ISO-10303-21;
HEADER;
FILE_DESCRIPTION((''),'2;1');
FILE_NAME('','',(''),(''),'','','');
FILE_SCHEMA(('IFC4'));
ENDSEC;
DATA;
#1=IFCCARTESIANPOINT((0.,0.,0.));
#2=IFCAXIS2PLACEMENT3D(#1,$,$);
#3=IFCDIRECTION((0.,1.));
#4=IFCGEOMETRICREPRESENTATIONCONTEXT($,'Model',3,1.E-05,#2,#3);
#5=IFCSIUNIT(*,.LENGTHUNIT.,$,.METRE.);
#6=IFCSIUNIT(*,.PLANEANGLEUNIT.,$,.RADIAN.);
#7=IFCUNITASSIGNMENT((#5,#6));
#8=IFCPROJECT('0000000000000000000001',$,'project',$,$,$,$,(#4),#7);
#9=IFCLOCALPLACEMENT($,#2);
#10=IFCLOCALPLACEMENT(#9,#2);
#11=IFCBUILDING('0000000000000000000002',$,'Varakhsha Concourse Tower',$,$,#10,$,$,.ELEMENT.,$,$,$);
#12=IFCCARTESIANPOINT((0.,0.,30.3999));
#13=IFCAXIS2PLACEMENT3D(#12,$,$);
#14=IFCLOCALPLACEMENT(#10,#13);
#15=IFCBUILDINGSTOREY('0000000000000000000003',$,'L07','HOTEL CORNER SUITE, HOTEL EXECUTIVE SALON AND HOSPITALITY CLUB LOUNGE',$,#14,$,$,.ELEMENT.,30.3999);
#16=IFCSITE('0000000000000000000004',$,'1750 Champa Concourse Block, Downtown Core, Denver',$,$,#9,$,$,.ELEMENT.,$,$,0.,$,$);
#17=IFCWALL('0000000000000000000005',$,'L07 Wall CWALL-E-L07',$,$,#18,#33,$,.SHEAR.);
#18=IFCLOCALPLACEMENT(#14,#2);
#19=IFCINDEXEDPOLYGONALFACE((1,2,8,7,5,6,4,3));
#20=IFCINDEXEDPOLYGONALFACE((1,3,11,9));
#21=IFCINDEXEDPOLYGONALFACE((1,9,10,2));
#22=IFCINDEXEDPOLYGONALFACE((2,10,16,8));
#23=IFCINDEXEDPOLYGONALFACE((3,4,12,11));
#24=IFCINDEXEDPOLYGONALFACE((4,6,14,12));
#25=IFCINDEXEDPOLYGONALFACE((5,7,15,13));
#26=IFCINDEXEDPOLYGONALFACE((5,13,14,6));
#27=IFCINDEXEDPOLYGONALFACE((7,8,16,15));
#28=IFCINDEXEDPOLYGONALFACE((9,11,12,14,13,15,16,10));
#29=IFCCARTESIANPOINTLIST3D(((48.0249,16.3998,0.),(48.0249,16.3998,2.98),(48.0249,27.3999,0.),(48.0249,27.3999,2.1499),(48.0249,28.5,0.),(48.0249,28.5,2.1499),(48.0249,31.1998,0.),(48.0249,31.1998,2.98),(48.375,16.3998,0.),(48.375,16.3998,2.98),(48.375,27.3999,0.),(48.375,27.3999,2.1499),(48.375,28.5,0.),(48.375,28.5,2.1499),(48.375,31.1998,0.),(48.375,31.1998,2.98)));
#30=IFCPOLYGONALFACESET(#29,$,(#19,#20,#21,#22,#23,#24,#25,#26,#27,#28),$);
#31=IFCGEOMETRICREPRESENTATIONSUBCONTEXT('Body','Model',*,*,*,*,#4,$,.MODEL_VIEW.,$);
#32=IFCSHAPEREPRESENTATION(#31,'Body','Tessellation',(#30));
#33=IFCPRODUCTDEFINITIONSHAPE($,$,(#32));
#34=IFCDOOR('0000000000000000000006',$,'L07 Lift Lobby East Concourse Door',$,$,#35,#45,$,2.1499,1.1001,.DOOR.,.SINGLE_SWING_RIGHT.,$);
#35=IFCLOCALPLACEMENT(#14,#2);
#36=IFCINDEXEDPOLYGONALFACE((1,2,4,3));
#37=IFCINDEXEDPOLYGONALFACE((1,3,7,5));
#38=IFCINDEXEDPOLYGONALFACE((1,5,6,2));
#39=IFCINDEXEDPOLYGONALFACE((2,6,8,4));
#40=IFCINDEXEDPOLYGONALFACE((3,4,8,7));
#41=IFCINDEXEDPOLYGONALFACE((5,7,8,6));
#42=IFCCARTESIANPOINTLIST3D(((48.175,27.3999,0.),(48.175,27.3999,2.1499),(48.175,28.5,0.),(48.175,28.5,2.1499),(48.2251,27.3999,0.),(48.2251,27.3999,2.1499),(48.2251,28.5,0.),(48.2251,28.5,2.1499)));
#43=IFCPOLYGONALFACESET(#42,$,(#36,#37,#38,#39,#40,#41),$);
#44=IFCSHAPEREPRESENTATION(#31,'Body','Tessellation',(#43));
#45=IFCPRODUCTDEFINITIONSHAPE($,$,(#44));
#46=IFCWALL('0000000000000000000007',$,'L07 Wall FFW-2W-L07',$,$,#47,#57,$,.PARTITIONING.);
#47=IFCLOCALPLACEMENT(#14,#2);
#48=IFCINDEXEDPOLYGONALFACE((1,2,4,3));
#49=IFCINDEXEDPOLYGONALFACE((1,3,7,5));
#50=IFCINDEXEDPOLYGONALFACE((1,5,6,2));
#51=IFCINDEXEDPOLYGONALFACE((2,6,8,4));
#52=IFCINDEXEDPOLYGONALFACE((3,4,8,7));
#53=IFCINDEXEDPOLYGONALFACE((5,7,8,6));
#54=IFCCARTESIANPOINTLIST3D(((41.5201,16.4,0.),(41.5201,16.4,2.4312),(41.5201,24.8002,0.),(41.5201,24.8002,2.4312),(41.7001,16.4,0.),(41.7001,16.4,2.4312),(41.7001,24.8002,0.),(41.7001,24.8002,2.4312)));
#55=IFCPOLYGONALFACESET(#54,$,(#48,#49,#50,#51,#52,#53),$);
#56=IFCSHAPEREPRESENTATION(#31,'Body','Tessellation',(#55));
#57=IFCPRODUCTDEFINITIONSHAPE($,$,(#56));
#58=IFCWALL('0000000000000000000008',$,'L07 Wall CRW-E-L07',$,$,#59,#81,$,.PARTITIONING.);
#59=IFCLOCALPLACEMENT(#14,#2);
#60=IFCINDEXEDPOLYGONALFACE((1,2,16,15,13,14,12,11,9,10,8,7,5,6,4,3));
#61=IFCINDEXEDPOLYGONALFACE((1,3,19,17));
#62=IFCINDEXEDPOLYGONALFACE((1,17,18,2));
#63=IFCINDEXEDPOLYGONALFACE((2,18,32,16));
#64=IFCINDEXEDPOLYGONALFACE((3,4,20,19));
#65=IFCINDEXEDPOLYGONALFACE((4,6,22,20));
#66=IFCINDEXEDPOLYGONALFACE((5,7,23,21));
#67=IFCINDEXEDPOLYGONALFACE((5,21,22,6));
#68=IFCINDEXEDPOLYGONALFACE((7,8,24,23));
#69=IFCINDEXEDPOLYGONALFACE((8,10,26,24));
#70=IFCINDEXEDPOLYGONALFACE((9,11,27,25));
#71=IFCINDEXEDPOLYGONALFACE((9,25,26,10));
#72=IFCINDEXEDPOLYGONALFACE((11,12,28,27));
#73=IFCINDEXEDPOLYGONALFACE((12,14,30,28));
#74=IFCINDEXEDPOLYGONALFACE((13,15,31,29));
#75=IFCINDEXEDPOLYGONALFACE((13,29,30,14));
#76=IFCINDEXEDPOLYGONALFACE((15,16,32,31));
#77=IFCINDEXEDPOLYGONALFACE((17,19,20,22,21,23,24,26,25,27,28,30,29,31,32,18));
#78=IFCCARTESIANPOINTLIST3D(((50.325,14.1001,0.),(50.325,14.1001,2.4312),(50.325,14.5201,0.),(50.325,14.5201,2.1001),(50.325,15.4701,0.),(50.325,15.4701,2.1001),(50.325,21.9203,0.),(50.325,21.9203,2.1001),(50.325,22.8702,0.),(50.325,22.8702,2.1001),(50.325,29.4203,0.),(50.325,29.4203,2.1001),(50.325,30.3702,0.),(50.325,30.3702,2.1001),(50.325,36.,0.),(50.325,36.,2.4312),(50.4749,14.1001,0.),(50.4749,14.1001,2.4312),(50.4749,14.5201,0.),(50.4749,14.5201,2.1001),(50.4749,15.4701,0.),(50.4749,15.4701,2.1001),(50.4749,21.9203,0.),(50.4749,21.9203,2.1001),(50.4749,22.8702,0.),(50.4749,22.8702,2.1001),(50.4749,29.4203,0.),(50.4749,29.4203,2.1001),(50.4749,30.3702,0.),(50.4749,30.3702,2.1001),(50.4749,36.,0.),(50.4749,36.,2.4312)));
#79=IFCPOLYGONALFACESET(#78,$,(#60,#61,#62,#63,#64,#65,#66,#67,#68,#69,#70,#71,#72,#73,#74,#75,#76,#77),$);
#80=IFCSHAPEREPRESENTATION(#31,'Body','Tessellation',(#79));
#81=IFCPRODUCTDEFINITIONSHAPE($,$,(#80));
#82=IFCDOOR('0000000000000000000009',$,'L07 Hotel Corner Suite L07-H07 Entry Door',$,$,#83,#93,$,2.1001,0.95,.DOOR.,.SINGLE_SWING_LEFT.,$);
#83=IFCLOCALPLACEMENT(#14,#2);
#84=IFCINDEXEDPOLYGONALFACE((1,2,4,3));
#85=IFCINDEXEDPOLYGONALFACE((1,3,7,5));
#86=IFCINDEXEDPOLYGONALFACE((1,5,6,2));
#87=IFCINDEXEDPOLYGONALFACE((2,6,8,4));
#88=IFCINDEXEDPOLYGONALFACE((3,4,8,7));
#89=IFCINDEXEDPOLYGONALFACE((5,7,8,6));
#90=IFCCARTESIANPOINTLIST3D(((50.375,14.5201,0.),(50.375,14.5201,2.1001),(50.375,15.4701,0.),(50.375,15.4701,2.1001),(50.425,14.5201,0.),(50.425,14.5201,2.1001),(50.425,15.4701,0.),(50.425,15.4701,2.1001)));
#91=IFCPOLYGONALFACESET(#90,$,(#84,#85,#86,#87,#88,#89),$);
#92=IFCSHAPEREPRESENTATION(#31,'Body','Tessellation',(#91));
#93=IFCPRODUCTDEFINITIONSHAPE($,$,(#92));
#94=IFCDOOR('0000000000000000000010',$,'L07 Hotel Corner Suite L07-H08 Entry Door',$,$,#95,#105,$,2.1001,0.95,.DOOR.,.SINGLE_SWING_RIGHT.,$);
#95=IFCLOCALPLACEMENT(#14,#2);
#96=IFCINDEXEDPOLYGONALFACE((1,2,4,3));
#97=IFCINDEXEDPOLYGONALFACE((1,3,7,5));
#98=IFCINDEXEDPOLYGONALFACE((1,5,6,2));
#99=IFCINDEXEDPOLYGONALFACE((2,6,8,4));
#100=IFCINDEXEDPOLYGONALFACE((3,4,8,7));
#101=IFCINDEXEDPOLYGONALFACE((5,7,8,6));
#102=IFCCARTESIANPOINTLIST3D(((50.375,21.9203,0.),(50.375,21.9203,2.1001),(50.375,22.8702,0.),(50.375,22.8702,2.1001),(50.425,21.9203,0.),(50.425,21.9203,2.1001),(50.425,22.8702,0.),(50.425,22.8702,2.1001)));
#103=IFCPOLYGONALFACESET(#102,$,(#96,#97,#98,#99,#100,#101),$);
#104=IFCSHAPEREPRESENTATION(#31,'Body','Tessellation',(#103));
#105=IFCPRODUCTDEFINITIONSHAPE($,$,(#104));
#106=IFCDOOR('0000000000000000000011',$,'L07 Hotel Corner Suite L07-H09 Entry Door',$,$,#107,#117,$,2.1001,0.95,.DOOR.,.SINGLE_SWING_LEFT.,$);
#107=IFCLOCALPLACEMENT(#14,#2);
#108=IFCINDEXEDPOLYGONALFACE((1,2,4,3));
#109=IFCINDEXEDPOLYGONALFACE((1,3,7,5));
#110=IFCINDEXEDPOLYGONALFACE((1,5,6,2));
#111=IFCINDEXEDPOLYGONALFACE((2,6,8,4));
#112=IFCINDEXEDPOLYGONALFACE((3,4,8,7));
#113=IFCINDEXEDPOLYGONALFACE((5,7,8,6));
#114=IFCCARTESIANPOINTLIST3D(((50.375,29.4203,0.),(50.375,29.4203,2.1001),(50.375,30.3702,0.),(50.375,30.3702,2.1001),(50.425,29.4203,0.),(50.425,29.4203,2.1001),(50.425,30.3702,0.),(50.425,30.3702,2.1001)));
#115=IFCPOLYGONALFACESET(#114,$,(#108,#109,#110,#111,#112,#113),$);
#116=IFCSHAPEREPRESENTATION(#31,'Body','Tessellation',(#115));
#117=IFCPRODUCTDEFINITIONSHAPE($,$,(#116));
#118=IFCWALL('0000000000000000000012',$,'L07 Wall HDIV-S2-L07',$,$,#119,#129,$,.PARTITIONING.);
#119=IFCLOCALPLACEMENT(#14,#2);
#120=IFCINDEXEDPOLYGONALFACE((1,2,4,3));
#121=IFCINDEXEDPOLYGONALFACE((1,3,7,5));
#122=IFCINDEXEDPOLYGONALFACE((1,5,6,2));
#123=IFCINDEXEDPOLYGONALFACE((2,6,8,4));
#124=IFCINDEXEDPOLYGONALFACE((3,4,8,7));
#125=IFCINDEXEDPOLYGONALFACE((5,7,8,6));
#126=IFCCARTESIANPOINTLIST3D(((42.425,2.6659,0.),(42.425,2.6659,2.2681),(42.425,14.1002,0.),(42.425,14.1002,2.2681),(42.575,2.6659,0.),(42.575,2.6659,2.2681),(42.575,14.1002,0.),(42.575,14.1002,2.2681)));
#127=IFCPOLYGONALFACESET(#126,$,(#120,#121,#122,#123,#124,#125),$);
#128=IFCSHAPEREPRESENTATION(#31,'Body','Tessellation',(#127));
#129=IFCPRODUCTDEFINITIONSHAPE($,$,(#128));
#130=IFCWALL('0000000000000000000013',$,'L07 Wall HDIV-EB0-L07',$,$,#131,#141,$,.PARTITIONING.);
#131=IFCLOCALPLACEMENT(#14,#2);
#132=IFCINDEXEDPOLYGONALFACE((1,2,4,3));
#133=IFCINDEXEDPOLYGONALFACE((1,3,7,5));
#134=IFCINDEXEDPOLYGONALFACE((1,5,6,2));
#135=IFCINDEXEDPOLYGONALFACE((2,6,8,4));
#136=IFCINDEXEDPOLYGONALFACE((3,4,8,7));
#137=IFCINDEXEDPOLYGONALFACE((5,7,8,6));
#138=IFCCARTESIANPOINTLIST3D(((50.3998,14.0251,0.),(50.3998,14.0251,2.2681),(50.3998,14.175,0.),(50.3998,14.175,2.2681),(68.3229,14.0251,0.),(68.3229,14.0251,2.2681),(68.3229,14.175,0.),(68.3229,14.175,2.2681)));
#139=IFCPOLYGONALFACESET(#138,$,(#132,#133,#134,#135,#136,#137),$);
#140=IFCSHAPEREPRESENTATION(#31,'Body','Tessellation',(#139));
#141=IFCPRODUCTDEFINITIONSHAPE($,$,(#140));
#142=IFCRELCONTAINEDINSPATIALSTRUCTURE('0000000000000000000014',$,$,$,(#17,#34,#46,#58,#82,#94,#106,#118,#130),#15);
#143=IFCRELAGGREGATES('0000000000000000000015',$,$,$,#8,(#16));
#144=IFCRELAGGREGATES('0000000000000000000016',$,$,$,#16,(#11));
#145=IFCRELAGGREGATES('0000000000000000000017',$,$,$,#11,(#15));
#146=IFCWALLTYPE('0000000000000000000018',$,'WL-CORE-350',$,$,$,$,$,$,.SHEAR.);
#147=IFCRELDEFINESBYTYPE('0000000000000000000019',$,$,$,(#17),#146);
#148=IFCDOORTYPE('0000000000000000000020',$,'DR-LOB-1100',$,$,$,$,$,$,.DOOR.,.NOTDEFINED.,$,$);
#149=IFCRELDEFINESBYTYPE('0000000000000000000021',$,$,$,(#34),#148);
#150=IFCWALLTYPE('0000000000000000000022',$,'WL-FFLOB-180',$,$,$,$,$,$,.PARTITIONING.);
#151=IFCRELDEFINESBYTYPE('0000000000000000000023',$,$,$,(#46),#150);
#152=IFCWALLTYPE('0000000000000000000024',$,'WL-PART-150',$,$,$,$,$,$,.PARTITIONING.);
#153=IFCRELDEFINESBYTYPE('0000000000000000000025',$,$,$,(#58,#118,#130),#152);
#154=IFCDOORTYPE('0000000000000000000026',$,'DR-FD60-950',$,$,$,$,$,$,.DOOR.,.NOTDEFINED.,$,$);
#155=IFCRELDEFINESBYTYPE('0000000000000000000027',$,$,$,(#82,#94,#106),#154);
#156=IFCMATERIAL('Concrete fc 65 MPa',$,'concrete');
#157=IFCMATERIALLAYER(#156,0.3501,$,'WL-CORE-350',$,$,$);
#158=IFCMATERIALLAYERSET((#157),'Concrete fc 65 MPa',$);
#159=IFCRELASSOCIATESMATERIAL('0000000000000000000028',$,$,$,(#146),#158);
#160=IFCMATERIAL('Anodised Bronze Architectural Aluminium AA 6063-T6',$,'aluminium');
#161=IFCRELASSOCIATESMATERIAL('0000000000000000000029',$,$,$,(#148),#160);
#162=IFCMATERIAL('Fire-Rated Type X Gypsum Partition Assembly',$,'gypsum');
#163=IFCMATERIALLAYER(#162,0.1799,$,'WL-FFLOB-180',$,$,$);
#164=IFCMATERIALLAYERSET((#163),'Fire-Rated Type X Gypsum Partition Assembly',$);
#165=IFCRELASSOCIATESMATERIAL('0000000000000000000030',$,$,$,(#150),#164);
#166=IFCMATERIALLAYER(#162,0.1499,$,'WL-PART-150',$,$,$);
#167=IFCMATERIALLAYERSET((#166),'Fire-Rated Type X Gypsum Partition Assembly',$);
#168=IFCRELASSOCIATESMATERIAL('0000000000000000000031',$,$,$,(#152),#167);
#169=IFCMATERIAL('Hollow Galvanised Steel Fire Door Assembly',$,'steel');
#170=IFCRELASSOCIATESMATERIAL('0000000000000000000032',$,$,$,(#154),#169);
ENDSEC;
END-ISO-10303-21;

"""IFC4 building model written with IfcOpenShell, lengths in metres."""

from ifc_helpers import new_model, si_unit, direction, frame, frame_2d, origin, place, context, subcontext, project, spatial, rectangle, extrude, material, layer, layer_set, type_object, element, fill, save


model = new_model("IFC4")

# Units and contexts
model_context = context("Model", 3, precision=1e-05, world=origin(), true_north=direction((0.0, 1.0)))
body_context = subcontext(model_context, "Body", "Model", "MODEL_VIEW")
ifc_project = project(units=[si_unit("LENGTHUNIT", "METRE"), si_unit("PLANEANGLEUNIT", "RADIAN")], contexts=[model_context])

# Site, building, storey
site_placement = place(None, origin())
site = spatial("IfcSite", under=ifc_project, at=site_placement, Name="1750 Champa Concourse Block, Downtown Core, Denver", CompositionType="ELEMENT", RefElevation=0.0)
building_placement = place(site_placement, origin())
building = spatial("IfcBuilding", under=site, at=building_placement, Name="Varakhsha Concourse Tower", CompositionType="ELEMENT")
storey_placement = place(building_placement, frame((0.0, 0.0, 30.3999)))
storey = spatial("IfcBuildingStorey", under=building, at=storey_placement, Name="L07", Description="HOTEL CORNER SUITE, HOTEL EXECUTIVE SALON AND HOSPITALITY CLUB LOUNGE", CompositionType="ELEMENT", Elevation=30.3999)

# Shared definitions
ifc_material_1 = material(Name="Anodised Bronze Architectural Aluminium AA 6063-T6", Category="aluminium")

# Wall, opening, door
ifc_material_2 = material(Name="Concrete fc 65 MPa", Category="concrete")
ifc_layer_1 = layer(ifc_material_2, 0.3501, Name="WL-CORE-350")
ifc_layer_set_1 = layer_set([ifc_layer_1], Name="Concrete fc 65 MPa")
wall_type_1 = type_object("IfcWallType", Name="WL-CORE-350", PredefinedType="SHEAR", material=ifc_layer_set_1)
wall_1_placement = place(storey_placement, frame((48.2, 16.3999, 0.0), z_axis=(0.0, 0.0, 1.0), x_axis=(0.0, 1.0, 0.0)))
wall_1 = element("IfcWall", 1, at=wall_1_placement, inside=storey, type_object=wall_type_1, Name="L07 Wall CWALL-E-L07", PredefinedType="SHEAR", context=body_context, shape_type="SweptSolid", body=[
    extrude(rectangle(XDim=14.8, YDim=0.3501, at=frame_2d((7.3999, 0.0))), origin(), (0.0, 0.0, 1.0), 2.98),
])
opening_1_placement = place(wall_1_placement, frame((11.0, 0.0, 0.0)))
opening_1 = element("IfcOpeningElement", 2, at=opening_1_placement, cuts=wall_1, PredefinedType="OPENING", context=body_context, shape_type="SweptSolid", body=[
    extrude(rectangle(XDim=1.1001, YDim=2.1499, at=frame_2d((0.55, 1.075))), frame((0.0, 0.1851, 0.0), z_axis=(0.0, -1.0, 0.0), x_axis=(1.0, 0.0, 0.0)), (0.0, 0.0, 1.0), 0.3701),
])
door_type_1 = type_object("IfcDoorType", Name="DR-LOB-1100", OperationType="NOTDEFINED", PredefinedType="DOOR", material=ifc_material_1)
door_1_placement = place(opening_1_placement, origin())
door_1 = element("IfcDoor", 3, at=door_1_placement, inside=storey, type_object=door_type_1, Name="L07 Lift Lobby East Concourse Door", OperationType="SINGLE_SWING_RIGHT", OverallHeight=2.1499, OverallWidth=1.1001, PredefinedType="DOOR", context=body_context, shape_type="SweptSolid", body=[
    extrude(rectangle(XDim=1.1001, YDim=2.1499, at=frame_2d((0.55, 1.075))), frame((0.0, 0.0249, 0.0), z_axis=(0.0, -1.0, 0.0), x_axis=(1.0, 0.0, 0.0)), (0.0, 0.0, 1.0), 0.05),
])
fill(opening_1, door_1)

# Wall
ifc_material_3 = material(Name="Fire-Rated Type X Gypsum Partition Assembly", Category="gypsum")
ifc_layer_2 = layer(ifc_material_3, 0.1799, Name="WL-FFLOB-180")
ifc_layer_set_2 = layer_set([ifc_layer_2], Name="Fire-Rated Type X Gypsum Partition Assembly")
wall_type_2 = type_object("IfcWallType", Name="WL-FFLOB-180", PredefinedType="PARTITIONING", material=ifc_layer_set_2)
wall_2_placement = place(storey_placement, frame((41.6101, 16.3999, 0.0), z_axis=(0.0, 0.0, 1.0), x_axis=(0.0, 1.0, 0.0)))
element("IfcWall", 4, at=wall_2_placement, inside=storey, type_object=wall_type_2, Name="L07 Wall FFW-2W-L07", PredefinedType="PARTITIONING", context=body_context, shape_type="SweptSolid", body=[
    extrude(rectangle(XDim=8.4001, YDim=0.1799, at=frame_2d((4.2002, 0.0))), origin(), (0.0, 0.0, 1.0), 2.4312),
])

# Wall, openings, doors
ifc_layer_3 = layer(ifc_material_3, 0.1499, Name="WL-PART-150")
ifc_layer_set_3 = layer_set([ifc_layer_3], Name="Fire-Rated Type X Gypsum Partition Assembly")
wall_type_3 = type_object("IfcWallType", Name="WL-PART-150", PredefinedType="PARTITIONING", material=ifc_layer_set_3)
wall_3_placement = place(storey_placement, frame((50.3999, 14.1001, 0.0), z_axis=(0.0, 0.0, 1.0), x_axis=(0.0, 1.0, 0.0)))
wall_3 = element("IfcWall", 5, at=wall_3_placement, inside=storey, type_object=wall_type_3, Name="L07 Wall CRW-E-L07", PredefinedType="PARTITIONING", context=body_context, shape_type="SweptSolid", body=[
    extrude(rectangle(XDim=21.8999, YDim=0.1499, at=frame_2d((10.95, 0.0))), origin(), (0.0, 0.0, 1.0), 2.4312),
])
opening_2_placement = place(wall_3_placement, frame((0.4199, 0.0, 0.0)))
opening_2 = element("IfcOpeningElement", 6, at=opening_2_placement, cuts=wall_3, PredefinedType="OPENING", context=body_context, shape_type="SweptSolid", body=[
    extrude(rectangle(XDim=0.95, YDim=2.1001, at=frame_2d((0.4751, 1.05))), frame((0.0, 0.085, 0.0), z_axis=(0.0, -1.0, 0.0), x_axis=(1.0, 0.0, 0.0)), (0.0, 0.0, 1.0), 0.1699),
])
opening_3_placement = place(wall_3_placement, frame((7.8201, 0.0, 0.0)))
opening_3 = element("IfcOpeningElement", 7, at=opening_3_placement, cuts=wall_3, PredefinedType="OPENING", context=body_context, shape_type="SweptSolid", body=[
    extrude(rectangle(XDim=0.95, YDim=2.1001, at=frame_2d((0.4751, 1.05))), frame((0.0, 0.085, 0.0), z_axis=(0.0, -1.0, 0.0), x_axis=(1.0, 0.0, 0.0)), (0.0, 0.0, 1.0), 0.1699),
])
opening_4_placement = place(wall_3_placement, frame((15.3201, 0.0, 0.0)))
opening_4 = element("IfcOpeningElement", 8, at=opening_4_placement, cuts=wall_3, PredefinedType="OPENING", context=body_context, shape_type="SweptSolid", body=[
    extrude(rectangle(XDim=0.95, YDim=2.1001, at=frame_2d((0.4751, 1.05))), frame((0.0, 0.085, 0.0), z_axis=(0.0, -1.0, 0.0), x_axis=(1.0, 0.0, 0.0)), (0.0, 0.0, 1.0), 0.1699),
])
ifc_material_4 = material(Name="Hollow Galvanised Steel Fire Door Assembly", Category="steel")
door_type_2 = type_object("IfcDoorType", Name="DR-FD60-950", OperationType="NOTDEFINED", PredefinedType="DOOR", material=ifc_material_4)
door_2_placement = place(opening_2_placement, origin())
door_2 = element("IfcDoor", 9, at=door_2_placement, inside=storey, type_object=door_type_2, Name="L07 Hotel Corner Suite L07-H07 Entry Door", OperationType="SINGLE_SWING_LEFT", OverallHeight=2.1001, OverallWidth=0.95, PredefinedType="DOOR", context=body_context, shape_type="SweptSolid", body=[
    extrude(rectangle(XDim=0.95, YDim=2.1001, at=frame_2d((0.4751, 1.05))), frame((0.0, 0.0249, 0.0), z_axis=(0.0, -1.0, 0.0), x_axis=(1.0, 0.0, 0.0)), (0.0, 0.0, 1.0), 0.05),
])
fill(opening_2, door_2)
door_3_placement = place(opening_3_placement, origin())
door_3 = element("IfcDoor", 10, at=door_3_placement, inside=storey, type_object=door_type_2, Name="L07 Hotel Corner Suite L07-H08 Entry Door", OperationType="SINGLE_SWING_RIGHT", OverallHeight=2.1001, OverallWidth=0.95, PredefinedType="DOOR", context=body_context, shape_type="SweptSolid", body=[
    extrude(rectangle(XDim=0.95, YDim=2.1001, at=frame_2d((0.4751, 1.05))), frame((0.0, 0.0249, 0.0), z_axis=(0.0, -1.0, 0.0), x_axis=(1.0, 0.0, 0.0)), (0.0, 0.0, 1.0), 0.05),
])
fill(opening_3, door_3)
door_4_placement = place(opening_4_placement, origin())
door_4 = element("IfcDoor", 11, at=door_4_placement, inside=storey, type_object=door_type_2, Name="L07 Hotel Corner Suite L07-H09 Entry Door", OperationType="SINGLE_SWING_LEFT", OverallHeight=2.1001, OverallWidth=0.95, PredefinedType="DOOR", context=body_context, shape_type="SweptSolid", body=[
    extrude(rectangle(XDim=0.95, YDim=2.1001, at=frame_2d((0.4751, 1.05))), frame((0.0, 0.0249, 0.0), z_axis=(0.0, -1.0, 0.0), x_axis=(1.0, 0.0, 0.0)), (0.0, 0.0, 1.0), 0.05),
])
fill(opening_4, door_4)

# Walls
wall_4_placement = place(storey_placement, frame((42.5, 2.6658, 0.0), z_axis=(0.0, 0.0, 1.0), x_axis=(0.0, 1.0, 0.0)))
element("IfcWall", 12, at=wall_4_placement, inside=storey, type_object=wall_type_3, Name="L07 Wall HDIV-S2-L07", PredefinedType="PARTITIONING", context=body_context, shape_type="SweptSolid", body=[
    extrude(rectangle(XDim=11.4343, YDim=0.1499, at=frame_2d((5.7173, 0.0))), origin(), (0.0, 0.0, 1.0), 2.2681),
])
wall_5_placement = place(storey_placement, frame((50.3999, 14.1001, 0.0), z_axis=(0.0, 0.0, 1.0), x_axis=(1.0, 0.0, 0.0)))
element("IfcWall", 13, at=wall_5_placement, inside=storey, type_object=wall_type_3, Name="L07 Wall HDIV-EB0-L07", PredefinedType="PARTITIONING", context=body_context, shape_type="SweptSolid", body=[
    extrude(rectangle(XDim=17.9231, YDim=0.1499, at=frame_2d((8.9614, 0.0))), origin(), (0.0, 0.0, 1.0), 2.2681),
])

save(model, "model.ifc")
